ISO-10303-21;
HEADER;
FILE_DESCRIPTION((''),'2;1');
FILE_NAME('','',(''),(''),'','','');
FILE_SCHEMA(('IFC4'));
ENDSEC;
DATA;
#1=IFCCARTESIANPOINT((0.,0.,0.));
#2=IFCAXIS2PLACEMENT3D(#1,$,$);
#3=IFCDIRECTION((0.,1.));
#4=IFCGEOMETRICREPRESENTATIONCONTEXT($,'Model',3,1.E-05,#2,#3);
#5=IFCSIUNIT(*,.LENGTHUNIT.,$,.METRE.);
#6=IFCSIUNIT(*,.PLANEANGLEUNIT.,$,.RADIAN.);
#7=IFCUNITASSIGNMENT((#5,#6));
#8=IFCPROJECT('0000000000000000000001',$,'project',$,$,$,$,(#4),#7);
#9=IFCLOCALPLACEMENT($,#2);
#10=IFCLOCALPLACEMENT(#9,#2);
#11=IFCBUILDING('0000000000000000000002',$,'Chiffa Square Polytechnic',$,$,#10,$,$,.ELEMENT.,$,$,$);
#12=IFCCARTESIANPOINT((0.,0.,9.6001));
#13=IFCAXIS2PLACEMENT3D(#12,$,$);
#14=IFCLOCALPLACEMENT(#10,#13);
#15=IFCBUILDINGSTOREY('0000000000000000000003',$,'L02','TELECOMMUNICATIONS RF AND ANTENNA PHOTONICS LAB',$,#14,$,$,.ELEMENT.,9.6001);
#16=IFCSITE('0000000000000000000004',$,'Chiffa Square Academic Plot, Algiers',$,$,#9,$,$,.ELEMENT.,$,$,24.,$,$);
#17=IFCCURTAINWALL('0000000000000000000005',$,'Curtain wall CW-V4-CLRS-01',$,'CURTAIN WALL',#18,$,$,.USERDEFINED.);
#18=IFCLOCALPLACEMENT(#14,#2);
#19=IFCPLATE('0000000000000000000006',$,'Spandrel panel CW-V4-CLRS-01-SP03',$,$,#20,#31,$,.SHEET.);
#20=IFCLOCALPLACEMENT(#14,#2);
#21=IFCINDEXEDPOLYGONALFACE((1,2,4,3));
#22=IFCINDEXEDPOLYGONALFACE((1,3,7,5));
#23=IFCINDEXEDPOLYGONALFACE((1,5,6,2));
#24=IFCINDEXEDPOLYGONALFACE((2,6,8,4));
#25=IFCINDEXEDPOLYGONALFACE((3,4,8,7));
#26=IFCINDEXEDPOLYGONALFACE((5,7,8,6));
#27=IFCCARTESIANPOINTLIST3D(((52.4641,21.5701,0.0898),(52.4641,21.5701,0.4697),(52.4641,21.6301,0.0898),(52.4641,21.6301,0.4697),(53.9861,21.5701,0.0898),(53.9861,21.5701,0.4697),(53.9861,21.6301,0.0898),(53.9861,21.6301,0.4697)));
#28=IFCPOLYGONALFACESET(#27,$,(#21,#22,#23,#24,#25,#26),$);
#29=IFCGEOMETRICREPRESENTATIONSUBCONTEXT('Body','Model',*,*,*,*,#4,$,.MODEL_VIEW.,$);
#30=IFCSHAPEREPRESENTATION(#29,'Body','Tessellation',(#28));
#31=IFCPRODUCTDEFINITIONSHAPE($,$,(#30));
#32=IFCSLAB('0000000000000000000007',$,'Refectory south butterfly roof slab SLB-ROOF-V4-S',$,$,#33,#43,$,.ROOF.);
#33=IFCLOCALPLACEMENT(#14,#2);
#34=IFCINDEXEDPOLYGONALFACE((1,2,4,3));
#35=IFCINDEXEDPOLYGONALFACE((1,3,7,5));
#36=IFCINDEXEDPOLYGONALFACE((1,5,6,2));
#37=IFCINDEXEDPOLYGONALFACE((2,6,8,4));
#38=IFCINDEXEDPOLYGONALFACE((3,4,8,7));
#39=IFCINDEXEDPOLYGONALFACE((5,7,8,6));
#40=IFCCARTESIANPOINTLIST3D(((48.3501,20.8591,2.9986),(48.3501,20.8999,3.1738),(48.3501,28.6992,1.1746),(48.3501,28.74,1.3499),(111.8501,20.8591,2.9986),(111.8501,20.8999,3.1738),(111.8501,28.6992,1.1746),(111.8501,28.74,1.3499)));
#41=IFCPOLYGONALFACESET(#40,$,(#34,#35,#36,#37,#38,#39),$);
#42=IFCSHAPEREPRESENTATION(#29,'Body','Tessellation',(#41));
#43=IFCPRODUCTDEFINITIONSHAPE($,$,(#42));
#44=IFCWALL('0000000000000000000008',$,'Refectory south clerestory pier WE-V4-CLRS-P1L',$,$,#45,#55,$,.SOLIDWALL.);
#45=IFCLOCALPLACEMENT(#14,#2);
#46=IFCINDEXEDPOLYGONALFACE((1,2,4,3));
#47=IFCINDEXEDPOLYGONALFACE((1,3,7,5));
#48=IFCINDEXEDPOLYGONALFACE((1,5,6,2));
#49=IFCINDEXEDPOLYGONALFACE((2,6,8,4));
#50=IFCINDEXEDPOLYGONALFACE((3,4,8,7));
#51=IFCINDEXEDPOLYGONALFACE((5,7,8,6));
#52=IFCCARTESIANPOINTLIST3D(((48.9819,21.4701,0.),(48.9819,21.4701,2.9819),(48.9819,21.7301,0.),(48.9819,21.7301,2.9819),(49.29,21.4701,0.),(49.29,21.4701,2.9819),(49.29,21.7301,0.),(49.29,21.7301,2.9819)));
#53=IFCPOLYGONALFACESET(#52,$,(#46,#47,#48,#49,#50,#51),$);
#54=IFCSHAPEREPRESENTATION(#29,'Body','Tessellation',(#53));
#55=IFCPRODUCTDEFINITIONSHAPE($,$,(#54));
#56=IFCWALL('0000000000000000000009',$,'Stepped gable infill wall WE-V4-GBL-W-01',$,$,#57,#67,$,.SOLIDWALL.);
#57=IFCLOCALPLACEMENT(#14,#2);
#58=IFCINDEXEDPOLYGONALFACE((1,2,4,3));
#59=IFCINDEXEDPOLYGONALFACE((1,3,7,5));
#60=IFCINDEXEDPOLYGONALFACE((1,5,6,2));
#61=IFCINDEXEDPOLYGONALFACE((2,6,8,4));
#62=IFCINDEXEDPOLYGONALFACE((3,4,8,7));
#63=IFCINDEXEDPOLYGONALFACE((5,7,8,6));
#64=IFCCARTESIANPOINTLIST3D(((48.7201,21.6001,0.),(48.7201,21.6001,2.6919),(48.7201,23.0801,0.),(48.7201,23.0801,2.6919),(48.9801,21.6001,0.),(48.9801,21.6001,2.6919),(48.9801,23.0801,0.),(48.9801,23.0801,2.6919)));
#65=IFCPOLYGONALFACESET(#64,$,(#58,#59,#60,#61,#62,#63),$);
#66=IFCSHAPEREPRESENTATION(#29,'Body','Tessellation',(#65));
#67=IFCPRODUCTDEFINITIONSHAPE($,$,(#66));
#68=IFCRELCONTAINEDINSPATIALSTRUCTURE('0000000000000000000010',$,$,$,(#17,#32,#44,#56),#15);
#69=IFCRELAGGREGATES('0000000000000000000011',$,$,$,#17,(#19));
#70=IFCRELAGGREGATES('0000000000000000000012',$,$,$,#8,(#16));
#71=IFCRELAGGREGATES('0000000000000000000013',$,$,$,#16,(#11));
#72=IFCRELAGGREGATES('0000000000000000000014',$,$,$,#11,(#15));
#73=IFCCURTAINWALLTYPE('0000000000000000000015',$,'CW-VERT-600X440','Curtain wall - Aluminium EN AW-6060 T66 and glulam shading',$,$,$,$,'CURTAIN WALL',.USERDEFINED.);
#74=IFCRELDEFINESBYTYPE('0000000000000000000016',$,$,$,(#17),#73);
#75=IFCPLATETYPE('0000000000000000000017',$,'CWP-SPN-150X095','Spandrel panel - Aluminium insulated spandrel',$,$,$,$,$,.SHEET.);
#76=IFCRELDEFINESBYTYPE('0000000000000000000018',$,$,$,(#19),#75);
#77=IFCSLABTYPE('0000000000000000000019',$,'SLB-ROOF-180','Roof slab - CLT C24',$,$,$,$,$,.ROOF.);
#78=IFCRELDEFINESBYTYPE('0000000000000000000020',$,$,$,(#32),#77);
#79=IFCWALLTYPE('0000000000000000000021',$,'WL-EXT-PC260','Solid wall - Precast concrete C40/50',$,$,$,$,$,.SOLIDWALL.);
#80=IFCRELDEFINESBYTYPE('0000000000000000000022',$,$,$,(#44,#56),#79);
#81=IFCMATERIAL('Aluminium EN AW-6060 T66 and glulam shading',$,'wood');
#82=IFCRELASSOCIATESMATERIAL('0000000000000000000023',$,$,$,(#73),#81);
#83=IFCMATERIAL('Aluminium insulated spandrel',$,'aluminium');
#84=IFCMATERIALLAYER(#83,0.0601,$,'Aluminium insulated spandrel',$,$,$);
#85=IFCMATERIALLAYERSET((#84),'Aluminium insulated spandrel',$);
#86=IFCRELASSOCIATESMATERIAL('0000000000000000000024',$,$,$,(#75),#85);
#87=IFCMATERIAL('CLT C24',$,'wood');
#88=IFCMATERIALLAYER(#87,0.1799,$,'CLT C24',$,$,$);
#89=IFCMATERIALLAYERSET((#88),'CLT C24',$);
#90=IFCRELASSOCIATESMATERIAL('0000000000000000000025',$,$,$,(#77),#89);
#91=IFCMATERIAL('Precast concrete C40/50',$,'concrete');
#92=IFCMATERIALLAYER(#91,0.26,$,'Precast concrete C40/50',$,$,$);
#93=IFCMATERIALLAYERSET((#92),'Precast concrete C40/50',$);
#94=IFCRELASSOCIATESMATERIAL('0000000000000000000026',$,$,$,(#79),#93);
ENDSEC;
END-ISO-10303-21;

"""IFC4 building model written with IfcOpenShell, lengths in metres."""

from ifc_helpers import new_model, si_unit, direction, frame, frame_2d, origin, origin_2d, place, context, subcontext, project, spatial, polyline, rectangle, outline, extrude, material, layer, layer_set, type_object, element, aggregate, save


model = new_model("IFC4")

# Units and contexts
model_context = context("Model", 3, precision=1e-05, world=origin(), true_north=direction((0.0, 1.0)))
body_context = subcontext(model_context, "Body", "Model", "MODEL_VIEW")
ifc_project = project(units=[si_unit("LENGTHUNIT", "METRE"), si_unit("PLANEANGLEUNIT", "RADIAN")], contexts=[model_context])

# Site, building, storey
site_placement = place(None, origin())
site = spatial("IfcSite", under=ifc_project, at=site_placement, Name="Chiffa Square Academic Plot, Algiers", CompositionType="ELEMENT", RefElevation=24.0)
building_placement = place(site_placement, origin())
building = spatial("IfcBuilding", under=site, at=building_placement, Name="Chiffa Square Polytechnic", CompositionType="ELEMENT")
storey_placement = place(building_placement, frame((0.0, 0.0, 9.6001)))
storey = spatial("IfcBuildingStorey", under=building, at=storey_placement, Name="L02", Description="TELECOMMUNICATIONS RF AND ANTENNA PHOTONICS LAB", CompositionType="ELEMENT", Elevation=9.6001)

# Curtain wall
ifc_material_1 = material(Name="Aluminium EN AW-6060 T66 and glulam shading", Category="wood")
curtain_wall_type = type_object("IfcCurtainWallType", Name="CW-VERT-600X440", Description="Curtain wall - Aluminium EN AW-6060 T66 and glulam shading", ElementType="CURTAIN WALL", PredefinedType="USERDEFINED", material=ifc_material_1)
curtain_wall_1_placement = place(storey_placement, origin())
curtain_wall_1 = element("IfcCurtainWall", 1, at=curtain_wall_1_placement, inside=storey, type_object=curtain_wall_type, Name="Curtain wall CW-V4-CLRS-01", ObjectType="CURTAIN WALL", PredefinedType="USERDEFINED")

# Plate
ifc_material_2 = material(Name="Aluminium insulated spandrel", Category="aluminium")
ifc_layer_1 = layer(ifc_material_2, 0.0601, Name="Aluminium insulated spandrel")
ifc_layer_set_1 = layer_set([ifc_layer_1], Name="Aluminium insulated spandrel")
plate_type_1 = type_object("IfcPlateType", Name="CWP-SPN-150X095", Description="Spandrel panel - Aluminium insulated spandrel", PredefinedType="SHEET", material=ifc_layer_set_1)
plate_1_placement = place(storey_placement, frame((53.2251, 21.6001, 0.0898), z_axis=(0.0, 0.0, 1.0), x_axis=(1.0, 0.0, 0.0)))
plate_1 = element("IfcPlate", 2, at=plate_1_placement, type_object=plate_type_1, Name="Spandrel panel CW-V4-CLRS-01-SP03", PredefinedType="SHEET", context=body_context, shape_type="SweptSolid", body=[
    extrude(rectangle(XDim=1.522, YDim=0.0601, at=origin_2d()), origin(), (0.0, 0.0, 1.0), 0.3799),
])
aggregate(curtain_wall_1, [plate_1])

# Slab
ifc_material_3 = material(Name="CLT C24", Category="wood")
ifc_layer_2 = layer(ifc_material_3, 0.1799, Name="CLT C24")
ifc_layer_set_2 = layer_set([ifc_layer_2], Name="CLT C24")
slab_type = type_object("IfcSlabType", Name="SLB-ROOF-180", Description="Roof slab - CLT C24", PredefinedType="ROOF", material=ifc_layer_set_2)
slab_placement = place(storey_placement, frame((48.3501, 20.8999, 3.1738), z_axis=(0.0, 0.226596, 0.973989), x_axis=(1.0, 0.0, 0.0)))
element("IfcSlab", 3, at=slab_placement, inside=storey, type_object=slab_type, Name="Refectory south butterfly roof slab SLB-ROOF-V4-S", PredefinedType="ROOF", context=body_context, shape_type="SweptSolid", body=[
    extrude(outline(polyline([(0.0, 0.0), (63.5, 0.0), (63.5, 8.0495), (0.0, 8.0495), (0.0, 0.0)])), origin(), (0.0, 0.0, -1.0), 0.1799),
])

# Walls
ifc_material_4 = material(Name="Precast concrete C40/50", Category="concrete")
ifc_layer_3 = layer(ifc_material_4, 0.26, Name="Precast concrete C40/50")
ifc_layer_set_3 = layer_set([ifc_layer_3], Name="Precast concrete C40/50")
wall_type = type_object("IfcWallType", Name="WL-EXT-PC260", Description="Solid wall - Precast concrete C40/50", PredefinedType="SOLIDWALL", material=ifc_layer_set_3)
wall_1_placement = place(storey_placement, frame((48.9819, 21.6001, 0.0), z_axis=(0.0, 0.0, 1.0), x_axis=(1.0, 0.0, 0.0)))
element("IfcWall", 4, at=wall_1_placement, inside=storey, type_object=wall_type, Name="Refectory south clerestory pier WE-V4-CLRS-P1L", PredefinedType="SOLIDWALL", context=body_context, shape_type="SweptSolid", body=[
    extrude(rectangle(XDim=0.3081, YDim=0.26, at=frame_2d((0.1541, 0.0))), origin(), (0.0, 0.0, 1.0), 2.9819),
])
wall_2_placement = place(storey_placement, frame((48.8501, 21.6001, 0.0), z_axis=(0.0, 0.0, 1.0), x_axis=(0.0, 1.0, 0.0)))
element("IfcWall", 5, at=wall_2_placement, inside=storey, type_object=wall_type, Name="Stepped gable infill wall WE-V4-GBL-W-01", PredefinedType="SOLIDWALL", context=body_context, shape_type="SweptSolid", body=[
    extrude(rectangle(XDim=1.48, YDim=0.26, at=frame_2d((0.74, 0.0))), origin(), (0.0, 0.0, 1.0), 2.6919),
])

save(model, "model.ifc")
